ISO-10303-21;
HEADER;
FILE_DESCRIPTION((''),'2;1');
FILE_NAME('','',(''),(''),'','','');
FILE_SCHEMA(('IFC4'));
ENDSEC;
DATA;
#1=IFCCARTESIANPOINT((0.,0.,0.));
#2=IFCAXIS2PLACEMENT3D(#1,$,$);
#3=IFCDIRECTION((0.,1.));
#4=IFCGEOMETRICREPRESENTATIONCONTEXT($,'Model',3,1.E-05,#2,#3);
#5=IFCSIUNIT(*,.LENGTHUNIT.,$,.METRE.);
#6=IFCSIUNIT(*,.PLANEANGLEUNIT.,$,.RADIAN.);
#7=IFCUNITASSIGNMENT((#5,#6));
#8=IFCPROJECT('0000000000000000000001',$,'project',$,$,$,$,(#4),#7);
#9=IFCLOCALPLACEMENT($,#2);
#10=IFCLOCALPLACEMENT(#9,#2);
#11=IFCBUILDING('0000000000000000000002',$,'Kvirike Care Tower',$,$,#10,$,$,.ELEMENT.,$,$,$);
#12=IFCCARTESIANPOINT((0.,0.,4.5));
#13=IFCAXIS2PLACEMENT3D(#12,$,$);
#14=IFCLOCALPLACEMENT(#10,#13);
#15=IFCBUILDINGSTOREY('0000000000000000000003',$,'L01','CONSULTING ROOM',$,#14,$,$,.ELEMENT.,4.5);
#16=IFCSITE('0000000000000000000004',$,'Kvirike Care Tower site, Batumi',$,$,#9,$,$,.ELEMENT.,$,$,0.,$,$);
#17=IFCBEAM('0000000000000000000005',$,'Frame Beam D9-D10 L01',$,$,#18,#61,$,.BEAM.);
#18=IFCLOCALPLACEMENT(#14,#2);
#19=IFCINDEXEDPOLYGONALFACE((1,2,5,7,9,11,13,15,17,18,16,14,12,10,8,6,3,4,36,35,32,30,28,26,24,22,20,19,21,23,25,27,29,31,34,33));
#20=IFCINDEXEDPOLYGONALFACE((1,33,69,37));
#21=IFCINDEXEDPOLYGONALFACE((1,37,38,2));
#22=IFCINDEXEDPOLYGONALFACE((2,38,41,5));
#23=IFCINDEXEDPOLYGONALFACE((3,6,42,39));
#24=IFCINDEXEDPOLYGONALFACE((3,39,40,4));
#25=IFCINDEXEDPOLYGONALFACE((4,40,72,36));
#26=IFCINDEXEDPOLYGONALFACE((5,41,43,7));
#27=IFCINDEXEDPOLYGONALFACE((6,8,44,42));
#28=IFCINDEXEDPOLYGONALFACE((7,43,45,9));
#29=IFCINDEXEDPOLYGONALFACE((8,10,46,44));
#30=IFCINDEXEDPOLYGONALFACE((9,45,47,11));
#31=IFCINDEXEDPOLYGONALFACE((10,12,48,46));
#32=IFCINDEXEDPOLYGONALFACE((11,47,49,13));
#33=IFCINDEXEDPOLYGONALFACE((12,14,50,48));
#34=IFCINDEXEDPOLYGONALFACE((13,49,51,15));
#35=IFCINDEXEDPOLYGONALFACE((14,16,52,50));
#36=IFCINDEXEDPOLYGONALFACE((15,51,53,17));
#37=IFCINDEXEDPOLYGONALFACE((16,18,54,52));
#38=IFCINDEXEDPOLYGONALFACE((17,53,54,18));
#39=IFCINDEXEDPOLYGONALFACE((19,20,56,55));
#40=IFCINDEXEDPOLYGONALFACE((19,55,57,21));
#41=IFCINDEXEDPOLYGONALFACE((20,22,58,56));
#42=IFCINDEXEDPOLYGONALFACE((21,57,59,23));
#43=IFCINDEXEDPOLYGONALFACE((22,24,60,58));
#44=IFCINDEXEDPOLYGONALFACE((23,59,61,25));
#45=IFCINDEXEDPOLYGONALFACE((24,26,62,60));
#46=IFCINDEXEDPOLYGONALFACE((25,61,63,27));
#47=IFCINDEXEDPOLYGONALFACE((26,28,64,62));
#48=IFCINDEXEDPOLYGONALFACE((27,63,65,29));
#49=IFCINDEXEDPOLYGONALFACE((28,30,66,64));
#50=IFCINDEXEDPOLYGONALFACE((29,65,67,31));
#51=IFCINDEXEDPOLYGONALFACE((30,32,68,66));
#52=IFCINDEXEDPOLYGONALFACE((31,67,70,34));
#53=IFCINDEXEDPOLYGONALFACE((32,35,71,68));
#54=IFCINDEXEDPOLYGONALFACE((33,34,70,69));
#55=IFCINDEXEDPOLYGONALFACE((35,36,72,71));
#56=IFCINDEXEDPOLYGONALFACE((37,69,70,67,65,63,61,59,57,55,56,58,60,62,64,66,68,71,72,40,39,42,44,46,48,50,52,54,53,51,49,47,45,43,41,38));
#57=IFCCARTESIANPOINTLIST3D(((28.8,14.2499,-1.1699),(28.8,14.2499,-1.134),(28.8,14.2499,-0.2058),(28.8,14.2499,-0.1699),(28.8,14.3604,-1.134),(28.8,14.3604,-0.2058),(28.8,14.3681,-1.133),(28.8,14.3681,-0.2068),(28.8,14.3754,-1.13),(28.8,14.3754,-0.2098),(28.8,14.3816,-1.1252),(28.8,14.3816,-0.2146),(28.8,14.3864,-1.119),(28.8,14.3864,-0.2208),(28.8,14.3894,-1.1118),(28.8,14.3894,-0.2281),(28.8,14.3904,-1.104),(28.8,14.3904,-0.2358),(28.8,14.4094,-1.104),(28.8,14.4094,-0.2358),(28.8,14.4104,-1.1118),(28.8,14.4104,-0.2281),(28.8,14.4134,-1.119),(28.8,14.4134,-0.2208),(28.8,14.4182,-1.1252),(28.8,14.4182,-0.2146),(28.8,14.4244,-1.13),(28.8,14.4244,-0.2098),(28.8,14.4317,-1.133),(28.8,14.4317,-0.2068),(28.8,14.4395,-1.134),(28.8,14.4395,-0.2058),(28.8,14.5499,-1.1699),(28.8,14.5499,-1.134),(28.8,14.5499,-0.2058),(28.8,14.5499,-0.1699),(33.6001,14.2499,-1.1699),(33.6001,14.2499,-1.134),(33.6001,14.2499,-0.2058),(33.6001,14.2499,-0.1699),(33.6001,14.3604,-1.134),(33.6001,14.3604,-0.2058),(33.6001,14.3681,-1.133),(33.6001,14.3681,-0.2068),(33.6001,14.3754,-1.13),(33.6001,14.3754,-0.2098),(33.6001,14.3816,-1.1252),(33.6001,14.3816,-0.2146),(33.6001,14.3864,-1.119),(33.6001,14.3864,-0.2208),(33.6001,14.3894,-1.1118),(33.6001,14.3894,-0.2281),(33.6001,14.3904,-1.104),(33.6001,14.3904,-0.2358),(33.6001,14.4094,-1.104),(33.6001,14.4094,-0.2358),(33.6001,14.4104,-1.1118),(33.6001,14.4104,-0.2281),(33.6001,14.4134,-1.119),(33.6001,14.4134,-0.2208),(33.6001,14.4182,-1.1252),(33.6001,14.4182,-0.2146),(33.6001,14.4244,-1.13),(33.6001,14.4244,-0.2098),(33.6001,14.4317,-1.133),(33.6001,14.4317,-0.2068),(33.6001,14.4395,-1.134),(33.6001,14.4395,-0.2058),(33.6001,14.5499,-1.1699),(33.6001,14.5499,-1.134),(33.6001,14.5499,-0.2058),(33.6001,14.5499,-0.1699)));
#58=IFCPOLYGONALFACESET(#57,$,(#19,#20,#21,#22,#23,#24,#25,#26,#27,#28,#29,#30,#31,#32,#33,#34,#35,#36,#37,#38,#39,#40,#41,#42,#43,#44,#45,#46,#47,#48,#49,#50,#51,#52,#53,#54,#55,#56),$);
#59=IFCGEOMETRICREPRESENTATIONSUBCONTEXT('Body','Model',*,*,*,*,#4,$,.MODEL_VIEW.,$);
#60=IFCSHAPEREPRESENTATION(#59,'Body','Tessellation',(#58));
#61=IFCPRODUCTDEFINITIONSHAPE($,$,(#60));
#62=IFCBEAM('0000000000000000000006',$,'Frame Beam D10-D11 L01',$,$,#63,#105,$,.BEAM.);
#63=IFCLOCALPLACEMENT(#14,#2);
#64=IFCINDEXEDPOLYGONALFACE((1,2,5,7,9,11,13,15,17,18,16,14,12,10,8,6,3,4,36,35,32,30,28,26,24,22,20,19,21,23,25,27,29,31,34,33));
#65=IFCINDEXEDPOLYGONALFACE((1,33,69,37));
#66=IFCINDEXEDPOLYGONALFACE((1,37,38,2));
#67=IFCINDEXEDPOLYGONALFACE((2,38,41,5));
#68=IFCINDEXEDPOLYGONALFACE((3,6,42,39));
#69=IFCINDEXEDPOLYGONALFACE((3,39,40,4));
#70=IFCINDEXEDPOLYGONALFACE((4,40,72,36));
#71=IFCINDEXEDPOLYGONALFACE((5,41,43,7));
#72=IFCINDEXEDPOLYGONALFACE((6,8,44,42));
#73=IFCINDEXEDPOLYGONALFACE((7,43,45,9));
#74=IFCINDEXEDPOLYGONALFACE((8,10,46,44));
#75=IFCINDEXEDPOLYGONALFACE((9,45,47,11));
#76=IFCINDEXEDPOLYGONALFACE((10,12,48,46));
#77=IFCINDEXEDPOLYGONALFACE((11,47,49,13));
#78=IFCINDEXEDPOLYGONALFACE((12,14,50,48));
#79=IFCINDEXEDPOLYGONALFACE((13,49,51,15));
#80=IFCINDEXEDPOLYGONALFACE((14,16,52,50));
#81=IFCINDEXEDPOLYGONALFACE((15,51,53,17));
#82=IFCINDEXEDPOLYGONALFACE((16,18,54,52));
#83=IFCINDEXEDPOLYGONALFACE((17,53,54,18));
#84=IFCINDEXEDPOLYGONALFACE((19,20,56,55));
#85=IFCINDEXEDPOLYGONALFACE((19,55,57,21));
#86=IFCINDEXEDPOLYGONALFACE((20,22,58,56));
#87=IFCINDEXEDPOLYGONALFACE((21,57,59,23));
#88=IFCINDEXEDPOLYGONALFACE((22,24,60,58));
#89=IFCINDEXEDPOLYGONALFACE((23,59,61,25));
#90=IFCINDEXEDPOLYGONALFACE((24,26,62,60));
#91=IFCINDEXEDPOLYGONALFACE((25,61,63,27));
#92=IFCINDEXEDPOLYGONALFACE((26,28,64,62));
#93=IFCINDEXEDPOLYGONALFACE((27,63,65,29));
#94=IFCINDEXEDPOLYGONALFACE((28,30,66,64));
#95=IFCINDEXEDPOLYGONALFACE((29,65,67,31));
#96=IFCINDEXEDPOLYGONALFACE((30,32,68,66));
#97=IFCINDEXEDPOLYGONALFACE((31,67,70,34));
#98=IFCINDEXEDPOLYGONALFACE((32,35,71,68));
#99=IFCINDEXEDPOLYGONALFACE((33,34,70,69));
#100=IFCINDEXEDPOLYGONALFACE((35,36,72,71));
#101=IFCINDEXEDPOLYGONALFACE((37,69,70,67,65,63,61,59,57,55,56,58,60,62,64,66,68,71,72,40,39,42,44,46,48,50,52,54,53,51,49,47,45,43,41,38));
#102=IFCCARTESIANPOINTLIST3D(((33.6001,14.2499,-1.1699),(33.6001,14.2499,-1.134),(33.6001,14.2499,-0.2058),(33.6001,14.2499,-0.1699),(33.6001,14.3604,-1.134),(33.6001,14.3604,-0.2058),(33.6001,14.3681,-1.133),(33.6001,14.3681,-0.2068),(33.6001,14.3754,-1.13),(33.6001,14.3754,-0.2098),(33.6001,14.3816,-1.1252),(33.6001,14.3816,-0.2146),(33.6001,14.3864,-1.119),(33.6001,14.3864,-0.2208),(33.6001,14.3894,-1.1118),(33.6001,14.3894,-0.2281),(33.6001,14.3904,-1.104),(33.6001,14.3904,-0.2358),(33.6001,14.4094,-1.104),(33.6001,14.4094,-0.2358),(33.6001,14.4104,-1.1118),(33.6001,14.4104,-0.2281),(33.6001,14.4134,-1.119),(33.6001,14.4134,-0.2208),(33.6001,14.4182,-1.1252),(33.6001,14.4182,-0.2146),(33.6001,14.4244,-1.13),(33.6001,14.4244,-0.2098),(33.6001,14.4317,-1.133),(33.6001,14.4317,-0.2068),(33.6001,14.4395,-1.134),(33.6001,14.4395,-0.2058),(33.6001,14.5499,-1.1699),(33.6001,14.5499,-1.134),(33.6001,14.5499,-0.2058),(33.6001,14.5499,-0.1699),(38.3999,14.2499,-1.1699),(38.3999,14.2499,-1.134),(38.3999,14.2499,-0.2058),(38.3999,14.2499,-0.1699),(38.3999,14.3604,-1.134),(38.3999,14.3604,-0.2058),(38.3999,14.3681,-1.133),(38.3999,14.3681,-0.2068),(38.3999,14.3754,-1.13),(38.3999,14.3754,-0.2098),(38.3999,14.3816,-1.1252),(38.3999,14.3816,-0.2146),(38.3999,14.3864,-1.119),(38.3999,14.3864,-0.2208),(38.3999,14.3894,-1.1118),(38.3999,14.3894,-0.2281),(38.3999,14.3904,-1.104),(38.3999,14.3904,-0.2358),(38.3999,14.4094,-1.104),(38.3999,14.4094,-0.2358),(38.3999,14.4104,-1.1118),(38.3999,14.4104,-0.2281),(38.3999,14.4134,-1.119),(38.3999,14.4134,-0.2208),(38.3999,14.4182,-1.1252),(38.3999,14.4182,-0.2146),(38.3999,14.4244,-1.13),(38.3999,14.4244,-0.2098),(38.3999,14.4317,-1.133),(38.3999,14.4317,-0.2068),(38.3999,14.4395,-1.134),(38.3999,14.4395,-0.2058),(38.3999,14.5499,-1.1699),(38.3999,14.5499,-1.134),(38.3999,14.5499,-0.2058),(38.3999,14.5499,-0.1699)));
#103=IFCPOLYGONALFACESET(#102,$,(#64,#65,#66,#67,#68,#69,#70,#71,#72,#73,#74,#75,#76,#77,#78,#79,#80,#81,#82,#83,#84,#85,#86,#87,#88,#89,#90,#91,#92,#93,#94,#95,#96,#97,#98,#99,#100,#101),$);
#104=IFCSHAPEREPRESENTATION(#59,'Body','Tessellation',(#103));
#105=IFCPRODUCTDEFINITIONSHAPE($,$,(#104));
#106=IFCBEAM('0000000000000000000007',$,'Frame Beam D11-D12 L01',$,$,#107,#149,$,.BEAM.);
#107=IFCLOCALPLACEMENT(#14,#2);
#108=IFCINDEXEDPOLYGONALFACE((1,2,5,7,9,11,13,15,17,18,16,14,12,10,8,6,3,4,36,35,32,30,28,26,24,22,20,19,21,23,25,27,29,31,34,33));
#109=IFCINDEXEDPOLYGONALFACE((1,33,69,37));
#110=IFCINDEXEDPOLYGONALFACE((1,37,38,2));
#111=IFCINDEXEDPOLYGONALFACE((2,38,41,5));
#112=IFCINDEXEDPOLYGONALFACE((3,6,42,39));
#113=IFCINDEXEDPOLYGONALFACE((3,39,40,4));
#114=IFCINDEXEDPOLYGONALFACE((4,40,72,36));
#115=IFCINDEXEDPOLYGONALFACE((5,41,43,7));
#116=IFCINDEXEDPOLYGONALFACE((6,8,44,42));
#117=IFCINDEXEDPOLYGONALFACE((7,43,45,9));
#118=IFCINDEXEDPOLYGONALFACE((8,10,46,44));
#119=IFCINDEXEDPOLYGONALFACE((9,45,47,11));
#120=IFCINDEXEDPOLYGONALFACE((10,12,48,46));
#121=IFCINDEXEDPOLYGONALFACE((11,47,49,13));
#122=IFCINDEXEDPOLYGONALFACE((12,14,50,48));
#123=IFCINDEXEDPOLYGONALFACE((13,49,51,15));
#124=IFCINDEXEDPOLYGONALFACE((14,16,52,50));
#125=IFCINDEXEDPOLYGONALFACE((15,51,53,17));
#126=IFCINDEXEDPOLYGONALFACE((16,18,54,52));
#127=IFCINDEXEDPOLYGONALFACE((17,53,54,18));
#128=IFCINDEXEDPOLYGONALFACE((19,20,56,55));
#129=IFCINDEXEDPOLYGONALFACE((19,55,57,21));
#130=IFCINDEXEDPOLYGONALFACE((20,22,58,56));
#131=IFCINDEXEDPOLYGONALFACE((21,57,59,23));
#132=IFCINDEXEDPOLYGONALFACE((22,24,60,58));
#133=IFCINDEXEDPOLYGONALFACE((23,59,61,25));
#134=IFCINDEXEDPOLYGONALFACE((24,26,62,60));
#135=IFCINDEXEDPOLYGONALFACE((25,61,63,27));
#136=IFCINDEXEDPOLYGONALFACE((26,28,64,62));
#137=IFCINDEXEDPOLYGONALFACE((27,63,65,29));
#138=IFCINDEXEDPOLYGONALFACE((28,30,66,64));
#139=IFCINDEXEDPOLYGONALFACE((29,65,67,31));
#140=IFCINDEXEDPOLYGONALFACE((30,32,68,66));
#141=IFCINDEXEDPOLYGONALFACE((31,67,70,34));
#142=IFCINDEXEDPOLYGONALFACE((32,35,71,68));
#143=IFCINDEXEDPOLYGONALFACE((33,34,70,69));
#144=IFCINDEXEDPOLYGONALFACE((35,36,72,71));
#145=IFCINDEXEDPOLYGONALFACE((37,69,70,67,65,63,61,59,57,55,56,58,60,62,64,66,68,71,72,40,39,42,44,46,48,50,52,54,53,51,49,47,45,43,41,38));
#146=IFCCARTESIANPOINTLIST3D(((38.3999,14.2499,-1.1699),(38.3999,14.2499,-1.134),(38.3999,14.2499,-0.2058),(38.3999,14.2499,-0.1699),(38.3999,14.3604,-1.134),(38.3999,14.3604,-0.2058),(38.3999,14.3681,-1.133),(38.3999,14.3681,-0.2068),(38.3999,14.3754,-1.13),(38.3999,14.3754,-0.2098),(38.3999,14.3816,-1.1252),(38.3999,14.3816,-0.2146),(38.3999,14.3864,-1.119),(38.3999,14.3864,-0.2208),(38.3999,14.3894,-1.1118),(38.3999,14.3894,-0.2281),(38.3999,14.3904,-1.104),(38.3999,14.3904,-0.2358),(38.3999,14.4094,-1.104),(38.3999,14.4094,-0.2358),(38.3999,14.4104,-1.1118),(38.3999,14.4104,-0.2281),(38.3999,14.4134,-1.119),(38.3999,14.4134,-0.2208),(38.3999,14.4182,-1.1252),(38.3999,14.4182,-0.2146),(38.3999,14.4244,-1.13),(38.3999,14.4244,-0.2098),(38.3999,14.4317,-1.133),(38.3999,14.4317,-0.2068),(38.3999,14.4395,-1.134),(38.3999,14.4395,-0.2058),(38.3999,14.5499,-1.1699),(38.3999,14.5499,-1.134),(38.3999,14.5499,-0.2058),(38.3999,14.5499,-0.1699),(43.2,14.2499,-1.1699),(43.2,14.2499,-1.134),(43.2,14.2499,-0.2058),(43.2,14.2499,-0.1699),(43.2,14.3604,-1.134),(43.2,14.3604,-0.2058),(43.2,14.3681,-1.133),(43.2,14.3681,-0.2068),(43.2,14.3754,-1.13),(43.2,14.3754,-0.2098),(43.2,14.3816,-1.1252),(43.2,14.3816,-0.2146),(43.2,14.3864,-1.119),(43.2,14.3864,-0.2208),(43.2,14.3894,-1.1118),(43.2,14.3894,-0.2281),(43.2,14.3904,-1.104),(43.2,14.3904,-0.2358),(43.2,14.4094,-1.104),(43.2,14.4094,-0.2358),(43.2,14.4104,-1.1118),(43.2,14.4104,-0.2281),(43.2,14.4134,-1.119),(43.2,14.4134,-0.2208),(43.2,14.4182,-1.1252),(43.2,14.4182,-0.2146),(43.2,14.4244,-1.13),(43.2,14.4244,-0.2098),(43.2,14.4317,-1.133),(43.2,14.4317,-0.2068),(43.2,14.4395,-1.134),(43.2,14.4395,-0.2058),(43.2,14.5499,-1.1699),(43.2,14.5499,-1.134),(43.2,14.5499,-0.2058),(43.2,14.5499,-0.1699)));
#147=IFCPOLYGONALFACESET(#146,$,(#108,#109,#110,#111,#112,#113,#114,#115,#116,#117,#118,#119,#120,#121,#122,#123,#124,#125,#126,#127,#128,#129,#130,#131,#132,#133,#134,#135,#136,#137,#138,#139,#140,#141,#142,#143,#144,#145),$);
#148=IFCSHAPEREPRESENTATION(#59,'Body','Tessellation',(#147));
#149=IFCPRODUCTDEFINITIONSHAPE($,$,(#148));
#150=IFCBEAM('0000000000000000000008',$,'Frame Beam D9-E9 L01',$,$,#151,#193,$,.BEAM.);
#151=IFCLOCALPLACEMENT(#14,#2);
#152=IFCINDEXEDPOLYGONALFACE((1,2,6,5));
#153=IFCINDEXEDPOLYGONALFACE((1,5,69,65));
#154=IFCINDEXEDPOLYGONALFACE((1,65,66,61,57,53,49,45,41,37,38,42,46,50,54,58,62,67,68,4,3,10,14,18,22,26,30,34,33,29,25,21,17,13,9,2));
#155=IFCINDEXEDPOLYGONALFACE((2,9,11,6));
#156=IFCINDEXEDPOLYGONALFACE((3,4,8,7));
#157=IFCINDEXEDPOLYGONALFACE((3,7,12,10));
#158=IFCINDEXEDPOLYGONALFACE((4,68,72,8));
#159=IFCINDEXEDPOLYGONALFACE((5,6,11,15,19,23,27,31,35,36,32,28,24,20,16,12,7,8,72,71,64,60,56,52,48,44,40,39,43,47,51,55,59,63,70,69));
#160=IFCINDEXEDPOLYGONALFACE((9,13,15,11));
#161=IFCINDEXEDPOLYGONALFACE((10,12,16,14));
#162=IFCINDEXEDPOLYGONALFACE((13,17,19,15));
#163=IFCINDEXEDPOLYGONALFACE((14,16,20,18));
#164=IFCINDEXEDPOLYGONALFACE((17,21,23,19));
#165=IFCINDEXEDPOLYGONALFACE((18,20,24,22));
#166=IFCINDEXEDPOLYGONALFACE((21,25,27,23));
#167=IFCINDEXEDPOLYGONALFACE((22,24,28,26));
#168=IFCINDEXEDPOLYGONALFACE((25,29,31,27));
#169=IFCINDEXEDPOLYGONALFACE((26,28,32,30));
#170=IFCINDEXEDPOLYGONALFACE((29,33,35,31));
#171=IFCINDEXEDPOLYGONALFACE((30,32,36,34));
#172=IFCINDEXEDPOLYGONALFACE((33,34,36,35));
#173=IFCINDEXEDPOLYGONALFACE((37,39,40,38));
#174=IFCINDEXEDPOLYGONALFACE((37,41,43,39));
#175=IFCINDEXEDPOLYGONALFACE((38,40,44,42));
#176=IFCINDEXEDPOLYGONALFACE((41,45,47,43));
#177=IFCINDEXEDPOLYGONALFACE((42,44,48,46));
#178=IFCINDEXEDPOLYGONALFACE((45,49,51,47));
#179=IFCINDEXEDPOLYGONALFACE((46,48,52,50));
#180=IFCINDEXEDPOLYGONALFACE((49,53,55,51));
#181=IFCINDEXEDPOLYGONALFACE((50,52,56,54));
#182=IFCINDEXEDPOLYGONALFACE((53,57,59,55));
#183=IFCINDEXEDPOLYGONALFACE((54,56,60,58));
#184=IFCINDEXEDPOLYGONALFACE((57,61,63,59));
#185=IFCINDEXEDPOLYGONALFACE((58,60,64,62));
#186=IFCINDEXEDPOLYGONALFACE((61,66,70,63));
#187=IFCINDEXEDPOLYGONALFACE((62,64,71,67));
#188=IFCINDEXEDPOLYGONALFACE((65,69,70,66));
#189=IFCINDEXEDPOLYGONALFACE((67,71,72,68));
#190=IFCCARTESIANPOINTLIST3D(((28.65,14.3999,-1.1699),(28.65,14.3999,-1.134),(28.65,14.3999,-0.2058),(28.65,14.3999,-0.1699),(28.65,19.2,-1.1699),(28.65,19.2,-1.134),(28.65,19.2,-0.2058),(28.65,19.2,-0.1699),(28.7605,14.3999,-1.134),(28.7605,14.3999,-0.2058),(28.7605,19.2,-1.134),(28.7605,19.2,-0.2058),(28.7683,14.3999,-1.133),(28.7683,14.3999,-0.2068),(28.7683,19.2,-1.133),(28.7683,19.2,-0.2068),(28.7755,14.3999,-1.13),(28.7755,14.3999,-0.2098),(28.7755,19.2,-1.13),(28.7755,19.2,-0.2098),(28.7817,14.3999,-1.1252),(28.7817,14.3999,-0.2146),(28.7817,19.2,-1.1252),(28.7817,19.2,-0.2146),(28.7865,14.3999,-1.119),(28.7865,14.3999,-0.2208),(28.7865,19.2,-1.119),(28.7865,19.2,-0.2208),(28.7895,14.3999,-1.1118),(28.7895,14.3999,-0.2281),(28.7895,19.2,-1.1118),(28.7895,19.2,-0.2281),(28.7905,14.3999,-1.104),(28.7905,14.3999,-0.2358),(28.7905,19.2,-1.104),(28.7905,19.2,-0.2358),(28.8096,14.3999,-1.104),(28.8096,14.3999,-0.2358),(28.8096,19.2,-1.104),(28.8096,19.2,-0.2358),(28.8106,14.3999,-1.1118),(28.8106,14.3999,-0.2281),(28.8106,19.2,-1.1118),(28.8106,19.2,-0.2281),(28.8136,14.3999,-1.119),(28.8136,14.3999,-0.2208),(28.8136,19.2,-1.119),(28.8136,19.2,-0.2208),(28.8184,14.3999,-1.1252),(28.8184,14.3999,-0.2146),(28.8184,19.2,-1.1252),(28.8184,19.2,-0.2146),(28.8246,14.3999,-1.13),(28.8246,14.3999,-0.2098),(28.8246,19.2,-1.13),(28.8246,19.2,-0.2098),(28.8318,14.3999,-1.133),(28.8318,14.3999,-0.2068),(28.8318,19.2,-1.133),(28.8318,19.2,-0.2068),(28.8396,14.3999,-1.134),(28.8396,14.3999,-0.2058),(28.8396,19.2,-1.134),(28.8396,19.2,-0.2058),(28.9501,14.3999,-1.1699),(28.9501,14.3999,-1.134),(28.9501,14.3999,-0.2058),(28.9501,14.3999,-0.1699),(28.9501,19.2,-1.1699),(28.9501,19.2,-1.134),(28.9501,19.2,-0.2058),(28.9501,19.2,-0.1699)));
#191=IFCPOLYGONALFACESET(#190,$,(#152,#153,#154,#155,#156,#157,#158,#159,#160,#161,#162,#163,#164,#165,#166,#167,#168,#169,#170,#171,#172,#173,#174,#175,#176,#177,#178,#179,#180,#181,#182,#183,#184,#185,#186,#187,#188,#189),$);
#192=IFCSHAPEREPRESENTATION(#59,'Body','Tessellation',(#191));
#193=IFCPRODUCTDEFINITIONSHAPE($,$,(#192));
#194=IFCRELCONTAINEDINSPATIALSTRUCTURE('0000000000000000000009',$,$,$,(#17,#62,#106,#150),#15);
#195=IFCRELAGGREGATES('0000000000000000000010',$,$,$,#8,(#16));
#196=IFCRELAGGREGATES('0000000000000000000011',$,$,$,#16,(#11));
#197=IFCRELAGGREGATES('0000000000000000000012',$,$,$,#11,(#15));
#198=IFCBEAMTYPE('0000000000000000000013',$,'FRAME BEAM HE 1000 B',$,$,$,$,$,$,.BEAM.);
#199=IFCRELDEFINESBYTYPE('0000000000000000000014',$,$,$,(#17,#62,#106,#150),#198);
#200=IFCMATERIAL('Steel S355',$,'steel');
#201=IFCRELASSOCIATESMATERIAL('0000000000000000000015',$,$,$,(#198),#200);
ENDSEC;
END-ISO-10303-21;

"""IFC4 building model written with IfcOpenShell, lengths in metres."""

from ifc_helpers import new_model, si_unit, direction, frame, origin, origin_2d, place, context, subcontext, project, spatial, i_section, extrude, material, material_profile, profile_set, type_object, element, save


model = new_model("IFC4")

# Units and contexts
model_context = context("Model", 3, precision=1e-05, world=origin(), true_north=direction((0.0, 1.0)))
body_context = subcontext(model_context, "Body", "Model", "MODEL_VIEW")
ifc_project = project(units=[si_unit("LENGTHUNIT", "METRE"), si_unit("PLANEANGLEUNIT", "RADIAN")], contexts=[model_context])

# Site, building, storey
site_placement = place(None, origin())
site = spatial("IfcSite", under=ifc_project, at=site_placement, Name="Kvirike Care Tower site, Batumi", CompositionType="ELEMENT", RefElevation=0.0)
building_placement = place(site_placement, origin())
building = spatial("IfcBuilding", under=site, at=building_placement, Name="Kvirike Care Tower", CompositionType="ELEMENT")
storey_placement = place(building_placement, frame((0.0, 0.0, 4.5)))
storey = spatial("IfcBuildingStorey", under=building, at=storey_placement, Name="L01", Description="CONSULTING ROOM", CompositionType="ELEMENT", Elevation=4.5)

# Beams
ifc_material_1 = material(Name="Steel S355", Category="steel")
ifc_material_profile_1 = material_profile(ifc_material_1, i_section(OverallWidth=0.3, OverallDepth=1.0, WebThickness=0.019, FlangeThickness=0.0359, FilletRadius=0.03, at=origin_2d()), Name="HE 1000 B")
ifc_profile_set_1 = profile_set([ifc_material_profile_1], Name="Steel S355")
beam_type_1 = type_object("IfcBeamType", Name="FRAME BEAM HE 1000 B", PredefinedType="BEAM", material=ifc_profile_set_1)
beam_1_placement = place(storey_placement, frame((28.8, 14.3999, -0.6699), z_axis=(1.0, 0.0, 0.0), x_axis=(0.0, 1.0, 0.0)))
element("IfcBeam", 1, at=beam_1_placement, inside=storey, type_object=beam_type_1, Name="Frame Beam D9-D10 L01", PredefinedType="BEAM", context=body_context, shape_type="SweptSolid", body=[
    extrude(i_section(OverallWidth=0.3, OverallDepth=1.0, WebThickness=0.019, FlangeThickness=0.0359, FilletRadius=0.03, at=origin_2d()), origin(), (0.0, 0.0, 1.0), 4.8),
])
beam_2_placement = place(storey_placement, frame((33.6001, 14.3999, -0.6699), z_axis=(1.0, 0.0, 0.0), x_axis=(0.0, 1.0, 0.0)))
element("IfcBeam", 2, at=beam_2_placement, inside=storey, type_object=beam_type_1, Name="Frame Beam D10-D11 L01", PredefinedType="BEAM", context=body_context, shape_type="SweptSolid", body=[
    extrude(i_section(OverallWidth=0.3, OverallDepth=1.0, WebThickness=0.019, FlangeThickness=0.0359, FilletRadius=0.03, at=origin_2d()), origin(), (0.0, 0.0, 1.0), 4.7998),
])
for number, where, z_axis, x_axis, name in (
    (3, (38.3999, 14.3999, -0.6699), (1.0, 0.0, 0.0), (0.0, 1.0, 0.0), "Frame Beam D11-D12 L01"),
    (4, (28.8, 14.3999, -0.6699), (0.0, 1.0, 0.0), (-1.0, 0.0, 0.0), "Frame Beam D9-E9 L01"),
):
    element("IfcBeam", number, at=place(storey_placement, frame(where, z_axis=z_axis, x_axis=x_axis)), inside=storey, type_object=beam_type_1, Name=name, PredefinedType="BEAM", context=body_context, shape_type="SweptSolid", body=[
        extrude(i_section(OverallWidth=0.3, OverallDepth=1.0, WebThickness=0.019, FlangeThickness=0.0359, FilletRadius=0.03, at=origin_2d()), origin(), (0.0, 0.0, 1.0), 4.8),
    ])

save(model, "model.ifc")
